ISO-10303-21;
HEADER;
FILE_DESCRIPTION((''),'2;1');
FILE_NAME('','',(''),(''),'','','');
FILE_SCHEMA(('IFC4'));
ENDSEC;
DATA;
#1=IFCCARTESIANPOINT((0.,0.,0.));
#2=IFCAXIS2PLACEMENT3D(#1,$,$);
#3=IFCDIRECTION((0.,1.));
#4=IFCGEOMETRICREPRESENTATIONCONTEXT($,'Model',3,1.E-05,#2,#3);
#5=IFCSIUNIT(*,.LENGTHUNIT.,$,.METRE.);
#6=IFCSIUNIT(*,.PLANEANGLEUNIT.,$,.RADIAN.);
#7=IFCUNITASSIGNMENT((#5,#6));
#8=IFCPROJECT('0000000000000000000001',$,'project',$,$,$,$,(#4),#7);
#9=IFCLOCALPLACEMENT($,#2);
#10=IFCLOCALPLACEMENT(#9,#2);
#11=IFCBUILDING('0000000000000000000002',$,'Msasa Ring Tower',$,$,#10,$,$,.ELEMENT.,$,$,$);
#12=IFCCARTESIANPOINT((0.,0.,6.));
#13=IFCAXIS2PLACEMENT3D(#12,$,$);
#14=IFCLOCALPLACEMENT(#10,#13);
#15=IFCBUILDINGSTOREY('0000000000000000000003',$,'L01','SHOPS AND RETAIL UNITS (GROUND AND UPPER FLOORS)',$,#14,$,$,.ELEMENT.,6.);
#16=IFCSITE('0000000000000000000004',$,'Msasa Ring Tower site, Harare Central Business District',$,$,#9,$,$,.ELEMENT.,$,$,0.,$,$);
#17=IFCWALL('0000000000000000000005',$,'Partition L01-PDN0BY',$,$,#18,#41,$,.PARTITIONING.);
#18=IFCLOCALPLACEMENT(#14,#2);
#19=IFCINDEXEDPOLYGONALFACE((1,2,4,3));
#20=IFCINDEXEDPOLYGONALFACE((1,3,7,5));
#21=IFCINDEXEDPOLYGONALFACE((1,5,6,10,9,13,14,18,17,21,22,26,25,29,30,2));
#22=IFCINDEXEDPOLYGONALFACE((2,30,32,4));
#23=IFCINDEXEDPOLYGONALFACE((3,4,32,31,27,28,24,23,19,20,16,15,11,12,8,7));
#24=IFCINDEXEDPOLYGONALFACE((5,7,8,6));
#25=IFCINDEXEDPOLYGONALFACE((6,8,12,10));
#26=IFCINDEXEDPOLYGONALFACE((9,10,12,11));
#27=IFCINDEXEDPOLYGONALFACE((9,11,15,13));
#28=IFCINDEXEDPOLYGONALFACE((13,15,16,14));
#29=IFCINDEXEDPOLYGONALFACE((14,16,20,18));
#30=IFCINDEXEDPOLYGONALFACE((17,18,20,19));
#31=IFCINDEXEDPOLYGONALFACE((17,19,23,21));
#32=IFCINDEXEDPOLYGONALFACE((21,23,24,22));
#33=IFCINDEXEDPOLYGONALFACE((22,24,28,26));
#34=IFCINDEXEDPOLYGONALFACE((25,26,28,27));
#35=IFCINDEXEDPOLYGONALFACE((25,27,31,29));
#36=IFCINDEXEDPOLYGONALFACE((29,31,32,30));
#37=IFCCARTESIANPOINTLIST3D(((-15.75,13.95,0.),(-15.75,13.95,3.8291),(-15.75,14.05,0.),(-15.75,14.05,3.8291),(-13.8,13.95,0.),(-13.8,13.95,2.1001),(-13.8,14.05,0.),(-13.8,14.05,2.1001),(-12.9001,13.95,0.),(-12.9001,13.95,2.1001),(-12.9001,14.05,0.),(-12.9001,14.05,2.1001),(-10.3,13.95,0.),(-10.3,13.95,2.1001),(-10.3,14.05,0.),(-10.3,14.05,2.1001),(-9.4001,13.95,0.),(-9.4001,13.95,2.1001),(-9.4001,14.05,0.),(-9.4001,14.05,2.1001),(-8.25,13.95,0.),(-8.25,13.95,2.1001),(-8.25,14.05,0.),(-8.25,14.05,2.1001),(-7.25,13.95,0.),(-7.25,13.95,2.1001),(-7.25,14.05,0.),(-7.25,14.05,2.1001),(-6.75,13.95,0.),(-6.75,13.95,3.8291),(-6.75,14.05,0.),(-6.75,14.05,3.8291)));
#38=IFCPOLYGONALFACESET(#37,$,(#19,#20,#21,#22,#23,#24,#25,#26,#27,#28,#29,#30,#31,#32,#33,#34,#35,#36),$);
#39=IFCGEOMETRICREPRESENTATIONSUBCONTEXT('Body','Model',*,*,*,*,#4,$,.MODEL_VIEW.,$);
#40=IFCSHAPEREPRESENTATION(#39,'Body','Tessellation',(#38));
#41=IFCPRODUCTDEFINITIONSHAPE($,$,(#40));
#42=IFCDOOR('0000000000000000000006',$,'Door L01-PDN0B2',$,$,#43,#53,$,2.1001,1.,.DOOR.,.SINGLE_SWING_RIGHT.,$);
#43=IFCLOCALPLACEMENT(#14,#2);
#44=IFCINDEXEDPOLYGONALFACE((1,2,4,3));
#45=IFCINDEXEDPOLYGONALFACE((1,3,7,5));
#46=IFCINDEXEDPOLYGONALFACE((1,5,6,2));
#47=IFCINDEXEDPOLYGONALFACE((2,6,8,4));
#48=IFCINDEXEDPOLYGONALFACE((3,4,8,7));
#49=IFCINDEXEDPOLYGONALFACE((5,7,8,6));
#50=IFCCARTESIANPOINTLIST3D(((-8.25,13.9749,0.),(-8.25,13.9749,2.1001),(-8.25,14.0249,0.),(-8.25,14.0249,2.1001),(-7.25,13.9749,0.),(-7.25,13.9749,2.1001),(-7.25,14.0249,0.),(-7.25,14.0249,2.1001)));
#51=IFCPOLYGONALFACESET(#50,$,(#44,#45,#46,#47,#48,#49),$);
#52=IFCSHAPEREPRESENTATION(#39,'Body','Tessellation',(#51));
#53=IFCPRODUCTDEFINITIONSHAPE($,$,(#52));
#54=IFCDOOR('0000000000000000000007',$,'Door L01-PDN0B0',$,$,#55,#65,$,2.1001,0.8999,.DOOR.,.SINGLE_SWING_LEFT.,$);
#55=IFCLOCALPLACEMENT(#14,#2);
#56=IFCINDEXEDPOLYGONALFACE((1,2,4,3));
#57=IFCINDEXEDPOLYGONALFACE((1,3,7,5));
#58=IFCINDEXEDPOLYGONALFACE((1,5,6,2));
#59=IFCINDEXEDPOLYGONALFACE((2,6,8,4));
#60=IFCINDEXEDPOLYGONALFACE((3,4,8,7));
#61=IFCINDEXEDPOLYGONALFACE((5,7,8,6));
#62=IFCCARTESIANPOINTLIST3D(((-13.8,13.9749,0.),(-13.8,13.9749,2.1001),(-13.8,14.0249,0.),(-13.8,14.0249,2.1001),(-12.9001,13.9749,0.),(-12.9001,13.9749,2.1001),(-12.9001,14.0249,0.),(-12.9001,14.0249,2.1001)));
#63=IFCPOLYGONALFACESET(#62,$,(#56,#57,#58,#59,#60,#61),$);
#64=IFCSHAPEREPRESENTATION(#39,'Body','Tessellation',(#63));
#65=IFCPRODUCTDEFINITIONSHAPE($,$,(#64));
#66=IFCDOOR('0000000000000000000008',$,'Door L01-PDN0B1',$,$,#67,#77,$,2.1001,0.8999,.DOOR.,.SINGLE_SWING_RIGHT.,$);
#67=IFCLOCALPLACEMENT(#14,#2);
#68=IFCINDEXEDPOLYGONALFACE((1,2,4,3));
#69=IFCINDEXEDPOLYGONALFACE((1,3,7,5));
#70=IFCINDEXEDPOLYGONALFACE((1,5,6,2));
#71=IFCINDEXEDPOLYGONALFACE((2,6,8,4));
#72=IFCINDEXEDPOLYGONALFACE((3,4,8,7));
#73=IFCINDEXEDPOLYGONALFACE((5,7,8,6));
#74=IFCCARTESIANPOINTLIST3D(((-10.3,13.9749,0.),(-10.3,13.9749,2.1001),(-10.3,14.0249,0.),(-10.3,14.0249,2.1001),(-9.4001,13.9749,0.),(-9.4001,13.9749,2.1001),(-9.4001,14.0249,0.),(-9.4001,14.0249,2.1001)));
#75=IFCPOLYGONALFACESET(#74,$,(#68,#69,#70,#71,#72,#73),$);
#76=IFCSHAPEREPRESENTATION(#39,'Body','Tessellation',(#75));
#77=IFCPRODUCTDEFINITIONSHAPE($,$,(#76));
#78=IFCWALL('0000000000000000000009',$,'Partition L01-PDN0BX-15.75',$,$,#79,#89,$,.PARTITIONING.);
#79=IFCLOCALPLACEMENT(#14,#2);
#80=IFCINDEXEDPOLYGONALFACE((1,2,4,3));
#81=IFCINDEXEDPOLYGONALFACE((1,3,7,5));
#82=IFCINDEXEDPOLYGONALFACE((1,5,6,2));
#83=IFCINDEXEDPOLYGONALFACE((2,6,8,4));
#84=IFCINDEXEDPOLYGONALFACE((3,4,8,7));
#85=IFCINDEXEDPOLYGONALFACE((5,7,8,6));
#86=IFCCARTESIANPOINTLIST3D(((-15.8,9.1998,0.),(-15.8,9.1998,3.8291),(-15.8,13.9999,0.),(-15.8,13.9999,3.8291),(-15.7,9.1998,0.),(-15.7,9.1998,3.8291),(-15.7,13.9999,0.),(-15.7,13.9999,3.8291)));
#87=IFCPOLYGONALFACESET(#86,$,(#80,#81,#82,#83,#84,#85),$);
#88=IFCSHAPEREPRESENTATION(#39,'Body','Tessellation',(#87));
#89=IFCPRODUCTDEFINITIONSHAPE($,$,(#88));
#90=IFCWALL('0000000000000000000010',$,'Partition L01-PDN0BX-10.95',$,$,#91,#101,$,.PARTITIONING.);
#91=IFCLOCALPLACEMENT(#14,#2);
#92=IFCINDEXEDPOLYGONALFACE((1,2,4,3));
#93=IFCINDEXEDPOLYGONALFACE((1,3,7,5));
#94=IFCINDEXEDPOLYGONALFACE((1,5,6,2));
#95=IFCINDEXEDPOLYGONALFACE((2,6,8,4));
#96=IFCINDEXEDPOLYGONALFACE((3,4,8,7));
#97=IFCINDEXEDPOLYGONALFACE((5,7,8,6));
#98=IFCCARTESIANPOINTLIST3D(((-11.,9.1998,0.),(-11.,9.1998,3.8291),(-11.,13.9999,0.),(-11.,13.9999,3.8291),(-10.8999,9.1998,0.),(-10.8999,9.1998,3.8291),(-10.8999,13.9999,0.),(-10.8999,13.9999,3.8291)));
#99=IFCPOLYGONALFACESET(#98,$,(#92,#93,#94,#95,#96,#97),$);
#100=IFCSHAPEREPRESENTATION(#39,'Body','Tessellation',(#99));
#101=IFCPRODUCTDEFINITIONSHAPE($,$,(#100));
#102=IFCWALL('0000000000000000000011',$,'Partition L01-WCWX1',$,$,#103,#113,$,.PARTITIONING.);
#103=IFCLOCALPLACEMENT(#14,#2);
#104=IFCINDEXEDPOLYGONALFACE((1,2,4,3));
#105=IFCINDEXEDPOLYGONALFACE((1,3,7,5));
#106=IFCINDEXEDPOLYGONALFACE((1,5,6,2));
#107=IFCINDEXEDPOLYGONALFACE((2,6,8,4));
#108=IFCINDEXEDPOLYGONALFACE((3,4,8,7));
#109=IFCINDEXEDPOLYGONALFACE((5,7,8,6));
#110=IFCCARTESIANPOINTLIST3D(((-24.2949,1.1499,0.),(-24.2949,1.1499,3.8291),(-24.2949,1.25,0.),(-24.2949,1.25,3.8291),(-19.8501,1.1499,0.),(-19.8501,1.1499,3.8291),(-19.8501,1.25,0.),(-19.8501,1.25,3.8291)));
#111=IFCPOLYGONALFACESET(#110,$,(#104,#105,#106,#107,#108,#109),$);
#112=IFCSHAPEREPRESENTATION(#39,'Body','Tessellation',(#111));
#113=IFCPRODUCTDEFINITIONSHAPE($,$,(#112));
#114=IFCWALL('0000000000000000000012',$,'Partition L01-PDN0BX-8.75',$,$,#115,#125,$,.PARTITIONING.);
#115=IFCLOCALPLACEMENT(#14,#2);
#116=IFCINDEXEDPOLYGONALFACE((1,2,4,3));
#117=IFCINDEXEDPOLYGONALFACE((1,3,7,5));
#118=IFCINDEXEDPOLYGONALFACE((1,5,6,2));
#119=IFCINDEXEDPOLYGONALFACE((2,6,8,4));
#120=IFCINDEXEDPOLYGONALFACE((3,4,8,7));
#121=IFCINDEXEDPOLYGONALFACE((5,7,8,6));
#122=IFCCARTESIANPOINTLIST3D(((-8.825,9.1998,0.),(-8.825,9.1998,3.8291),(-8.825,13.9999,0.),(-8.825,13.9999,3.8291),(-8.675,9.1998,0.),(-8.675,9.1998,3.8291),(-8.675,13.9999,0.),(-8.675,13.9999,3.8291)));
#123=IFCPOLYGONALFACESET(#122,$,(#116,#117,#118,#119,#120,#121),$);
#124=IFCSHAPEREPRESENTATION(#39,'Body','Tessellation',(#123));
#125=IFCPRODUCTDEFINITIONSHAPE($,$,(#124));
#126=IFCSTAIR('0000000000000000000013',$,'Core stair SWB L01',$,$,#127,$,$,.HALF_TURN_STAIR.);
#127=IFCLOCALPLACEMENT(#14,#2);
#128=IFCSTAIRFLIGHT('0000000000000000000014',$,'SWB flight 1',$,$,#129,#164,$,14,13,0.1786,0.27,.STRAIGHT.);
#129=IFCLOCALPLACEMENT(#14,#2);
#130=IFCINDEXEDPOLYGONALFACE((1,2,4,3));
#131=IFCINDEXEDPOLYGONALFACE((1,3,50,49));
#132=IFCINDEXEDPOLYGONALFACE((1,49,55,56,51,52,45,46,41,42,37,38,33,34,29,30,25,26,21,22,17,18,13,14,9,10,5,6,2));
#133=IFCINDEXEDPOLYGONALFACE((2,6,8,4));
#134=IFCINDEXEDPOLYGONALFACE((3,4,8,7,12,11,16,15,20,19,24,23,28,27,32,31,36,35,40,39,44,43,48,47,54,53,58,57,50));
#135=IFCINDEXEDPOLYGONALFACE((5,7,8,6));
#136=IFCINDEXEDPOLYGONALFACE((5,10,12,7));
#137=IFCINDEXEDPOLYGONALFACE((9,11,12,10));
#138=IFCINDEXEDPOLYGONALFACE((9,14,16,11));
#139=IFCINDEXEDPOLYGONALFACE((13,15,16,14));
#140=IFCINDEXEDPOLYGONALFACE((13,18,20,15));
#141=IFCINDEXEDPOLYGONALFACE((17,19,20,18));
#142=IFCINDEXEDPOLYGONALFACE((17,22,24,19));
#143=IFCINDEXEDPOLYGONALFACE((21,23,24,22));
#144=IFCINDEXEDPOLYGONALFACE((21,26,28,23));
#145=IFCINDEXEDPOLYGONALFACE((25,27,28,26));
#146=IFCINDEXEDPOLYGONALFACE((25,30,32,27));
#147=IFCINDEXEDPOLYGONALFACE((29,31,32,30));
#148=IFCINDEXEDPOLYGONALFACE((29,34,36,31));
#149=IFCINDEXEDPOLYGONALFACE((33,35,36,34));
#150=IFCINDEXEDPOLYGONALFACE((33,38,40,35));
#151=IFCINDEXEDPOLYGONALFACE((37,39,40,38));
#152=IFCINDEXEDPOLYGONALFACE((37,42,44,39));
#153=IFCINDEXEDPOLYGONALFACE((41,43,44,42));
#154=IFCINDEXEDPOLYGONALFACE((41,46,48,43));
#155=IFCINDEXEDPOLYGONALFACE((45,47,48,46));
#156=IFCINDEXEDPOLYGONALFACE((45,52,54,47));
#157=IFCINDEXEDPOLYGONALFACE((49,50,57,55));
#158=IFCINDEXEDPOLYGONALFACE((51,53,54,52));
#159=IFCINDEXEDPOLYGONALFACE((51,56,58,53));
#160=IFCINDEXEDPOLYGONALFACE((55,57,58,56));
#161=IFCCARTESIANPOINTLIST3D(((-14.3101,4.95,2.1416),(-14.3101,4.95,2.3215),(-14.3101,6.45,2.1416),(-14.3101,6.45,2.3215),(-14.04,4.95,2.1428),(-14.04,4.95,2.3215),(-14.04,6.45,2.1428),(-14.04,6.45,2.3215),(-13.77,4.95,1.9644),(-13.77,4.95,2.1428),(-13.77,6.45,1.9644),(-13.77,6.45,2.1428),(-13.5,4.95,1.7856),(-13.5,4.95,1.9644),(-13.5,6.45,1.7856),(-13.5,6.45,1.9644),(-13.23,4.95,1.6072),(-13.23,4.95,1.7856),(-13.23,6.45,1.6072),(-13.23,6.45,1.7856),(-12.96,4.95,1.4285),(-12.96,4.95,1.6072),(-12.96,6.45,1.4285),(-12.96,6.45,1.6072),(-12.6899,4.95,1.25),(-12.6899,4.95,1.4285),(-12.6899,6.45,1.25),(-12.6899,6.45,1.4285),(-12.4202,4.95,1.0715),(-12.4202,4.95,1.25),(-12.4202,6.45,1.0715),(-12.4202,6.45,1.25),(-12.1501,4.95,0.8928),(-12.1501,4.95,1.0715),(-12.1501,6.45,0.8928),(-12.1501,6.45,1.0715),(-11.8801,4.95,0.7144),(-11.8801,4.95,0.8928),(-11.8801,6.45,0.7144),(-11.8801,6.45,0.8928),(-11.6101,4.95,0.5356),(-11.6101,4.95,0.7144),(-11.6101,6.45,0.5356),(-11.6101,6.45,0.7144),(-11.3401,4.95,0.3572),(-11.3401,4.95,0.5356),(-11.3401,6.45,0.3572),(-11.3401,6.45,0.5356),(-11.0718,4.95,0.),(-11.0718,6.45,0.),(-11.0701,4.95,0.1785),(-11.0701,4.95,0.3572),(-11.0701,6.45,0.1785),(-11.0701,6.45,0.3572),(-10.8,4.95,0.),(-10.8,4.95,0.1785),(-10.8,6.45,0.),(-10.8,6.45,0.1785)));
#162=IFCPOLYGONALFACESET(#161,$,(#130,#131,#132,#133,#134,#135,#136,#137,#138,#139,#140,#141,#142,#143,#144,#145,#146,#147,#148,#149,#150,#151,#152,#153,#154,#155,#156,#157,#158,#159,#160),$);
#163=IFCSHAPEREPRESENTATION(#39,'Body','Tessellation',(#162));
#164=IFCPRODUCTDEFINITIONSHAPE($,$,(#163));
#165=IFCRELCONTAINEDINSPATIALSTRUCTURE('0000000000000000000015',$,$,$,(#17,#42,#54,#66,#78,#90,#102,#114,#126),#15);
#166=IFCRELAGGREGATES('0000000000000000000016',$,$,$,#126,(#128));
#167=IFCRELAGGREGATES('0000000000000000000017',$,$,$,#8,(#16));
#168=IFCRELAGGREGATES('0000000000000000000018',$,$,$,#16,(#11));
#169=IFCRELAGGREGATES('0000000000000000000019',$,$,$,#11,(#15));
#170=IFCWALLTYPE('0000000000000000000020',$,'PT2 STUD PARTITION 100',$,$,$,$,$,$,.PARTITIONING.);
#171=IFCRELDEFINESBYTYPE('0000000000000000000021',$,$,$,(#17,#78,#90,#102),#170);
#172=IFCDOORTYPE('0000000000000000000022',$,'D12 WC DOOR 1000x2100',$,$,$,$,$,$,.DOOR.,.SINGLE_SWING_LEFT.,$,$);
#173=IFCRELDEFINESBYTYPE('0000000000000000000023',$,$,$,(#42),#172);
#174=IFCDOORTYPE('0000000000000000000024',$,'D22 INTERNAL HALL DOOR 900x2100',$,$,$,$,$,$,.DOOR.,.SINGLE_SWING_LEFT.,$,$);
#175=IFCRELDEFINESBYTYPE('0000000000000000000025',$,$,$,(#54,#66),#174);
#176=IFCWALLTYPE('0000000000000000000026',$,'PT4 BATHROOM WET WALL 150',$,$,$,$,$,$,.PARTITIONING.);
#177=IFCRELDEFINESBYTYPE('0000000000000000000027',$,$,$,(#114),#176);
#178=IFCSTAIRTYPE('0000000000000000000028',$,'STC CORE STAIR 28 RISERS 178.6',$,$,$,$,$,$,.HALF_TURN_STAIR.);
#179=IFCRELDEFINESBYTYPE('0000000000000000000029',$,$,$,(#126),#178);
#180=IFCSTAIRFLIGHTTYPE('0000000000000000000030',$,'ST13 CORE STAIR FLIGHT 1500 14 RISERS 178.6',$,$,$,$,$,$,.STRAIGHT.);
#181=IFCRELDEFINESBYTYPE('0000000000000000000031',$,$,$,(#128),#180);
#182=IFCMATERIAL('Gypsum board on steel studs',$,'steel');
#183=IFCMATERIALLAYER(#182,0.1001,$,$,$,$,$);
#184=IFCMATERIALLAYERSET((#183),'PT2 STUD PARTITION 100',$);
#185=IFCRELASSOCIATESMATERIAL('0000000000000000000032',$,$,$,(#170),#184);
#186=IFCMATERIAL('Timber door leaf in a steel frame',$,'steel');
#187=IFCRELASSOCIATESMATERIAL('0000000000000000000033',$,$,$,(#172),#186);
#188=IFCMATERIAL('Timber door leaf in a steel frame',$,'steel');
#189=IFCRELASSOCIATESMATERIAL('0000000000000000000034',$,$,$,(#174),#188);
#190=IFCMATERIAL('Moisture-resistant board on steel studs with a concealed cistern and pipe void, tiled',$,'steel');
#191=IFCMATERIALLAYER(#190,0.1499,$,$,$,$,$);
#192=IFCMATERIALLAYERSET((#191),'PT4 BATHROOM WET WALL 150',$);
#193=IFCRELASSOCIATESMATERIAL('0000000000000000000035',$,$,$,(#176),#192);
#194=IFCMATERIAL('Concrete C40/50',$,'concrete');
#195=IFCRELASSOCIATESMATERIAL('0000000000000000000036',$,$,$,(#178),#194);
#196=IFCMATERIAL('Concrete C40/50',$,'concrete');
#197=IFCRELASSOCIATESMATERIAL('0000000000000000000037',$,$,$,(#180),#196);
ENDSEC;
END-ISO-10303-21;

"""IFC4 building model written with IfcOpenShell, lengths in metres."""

from ifc_helpers import new_model, si_unit, direction, frame, frame_2d, origin, place, context, subcontext, project, spatial, polyline, rectangle, outline, extrude, material, layer, layer_set, type_object, element, fill, aggregate, save


model = new_model("IFC4")

# Units and contexts
model_context = context("Model", 3, precision=1e-05, world=origin(), true_north=direction((0.0, 1.0)))
body_context = subcontext(model_context, "Body", "Model", "MODEL_VIEW")
ifc_project = project(units=[si_unit("LENGTHUNIT", "METRE"), si_unit("PLANEANGLEUNIT", "RADIAN")], contexts=[model_context])

# Site, building, storey
site_placement = place(None, origin())
site = spatial("IfcSite", under=ifc_project, at=site_placement, Name="Msasa Ring Tower site, Harare Central Business District", CompositionType="ELEMENT", RefElevation=0.0)
building_placement = place(site_placement, origin())
building = spatial("IfcBuilding", under=site, at=building_placement, Name="Msasa Ring Tower", CompositionType="ELEMENT")
storey_placement = place(building_placement, frame((0.0, 0.0, 6.0)))
storey = spatial("IfcBuildingStorey", under=building, at=storey_placement, Name="L01", Description="SHOPS AND RETAIL UNITS (GROUND AND UPPER FLOORS)", CompositionType="ELEMENT", Elevation=6.0)

# Wall, openings, doors
ifc_material_1 = material(Name="Gypsum board on steel studs", Category="steel")
ifc_layer_1 = layer(ifc_material_1, 0.1001)
ifc_layer_set_1 = layer_set([ifc_layer_1], Name="PT2 STUD PARTITION 100")
wall_type_1 = type_object("IfcWallType", Name="PT2 STUD PARTITION 100", PredefinedType="PARTITIONING", material=ifc_layer_set_1)
wall_1_placement = place(storey_placement, frame((-15.75, 14.0, 0.0), z_axis=(0.0, 0.0, 1.0), x_axis=(1.0, 0.0, 0.0)))
wall_1 = element("IfcWall", 1, at=wall_1_placement, inside=storey, type_object=wall_type_1, Name="Partition L01-PDN0BY", PredefinedType="PARTITIONING", context=body_context, shape_type="SweptSolid", body=[
    extrude(rectangle(XDim=9.0, YDim=0.1001, at=frame_2d((4.5, 0.0))), origin(), (0.0, 0.0, 1.0), 3.8291),
])
opening_1_placement = place(wall_1_placement, frame((1.95, 0.0, 0.0)))
opening_1 = element("IfcOpeningElement", 2, at=opening_1_placement, cuts=wall_1, PredefinedType="OPENING", context=body_context, shape_type="SweptSolid", body=[
    extrude(rectangle(XDim=0.8999, YDim=2.1001, at=frame_2d((0.45, 1.05))), frame((0.0, 0.0601, 0.0), z_axis=(0.0, -1.0, 0.0), x_axis=(1.0, 0.0, 0.0)), (0.0, 0.0, 1.0), 0.1201),
])
opening_2_placement = place(wall_1_placement, frame((5.45, 0.0, 0.0)))
opening_2 = element("IfcOpeningElement", 3, at=opening_2_placement, cuts=wall_1, PredefinedType="OPENING", context=body_context, shape_type="SweptSolid", body=[
    extrude(rectangle(XDim=0.8999, YDim=2.1001, at=frame_2d((0.45, 1.05))), frame((0.0, 0.0601, 0.0), z_axis=(0.0, -1.0, 0.0), x_axis=(1.0, 0.0, 0.0)), (0.0, 0.0, 1.0), 0.1201),
])
opening_3_placement = place(wall_1_placement, frame((7.5, 0.0, 0.0)))
opening_3 = element("IfcOpeningElement", 4, at=opening_3_placement, cuts=wall_1, PredefinedType="OPENING", context=body_context, shape_type="SweptSolid", body=[
    extrude(rectangle(XDim=1.0, YDim=2.1001, at=frame_2d((0.5, 1.05))), frame((0.0, 0.0601, 0.0), z_axis=(0.0, -1.0, 0.0), x_axis=(1.0, 0.0, 0.0)), (0.0, 0.0, 1.0), 0.1201),
])
ifc_material_2 = material(Name="Timber door leaf in a steel frame", Category="steel")
door_type_1 = type_object("IfcDoorType", Name="D12 WC DOOR 1000x2100", OperationType="SINGLE_SWING_LEFT", PredefinedType="DOOR", material=ifc_material_2)
door_1_placement = place(opening_3_placement, origin())
door_1 = element("IfcDoor", 5, at=door_1_placement, inside=storey, type_object=door_type_1, Name="Door L01-PDN0B2", OperationType="SINGLE_SWING_RIGHT", OverallHeight=2.1001, OverallWidth=1.0, PredefinedType="DOOR", context=body_context, shape_type="SweptSolid", body=[
    extrude(rectangle(XDim=1.0, YDim=2.1001, at=frame_2d((0.5, 1.05))), frame((0.0, 0.0249, 0.0), z_axis=(0.0, -1.0, 0.0), x_axis=(1.0, 0.0, 0.0)), (0.0, 0.0, 1.0), 0.05),
])
fill(opening_3, door_1)
ifc_material_3 = material(Name="Timber door leaf in a steel frame", Category="steel")
door_type_2 = type_object("IfcDoorType", Name="D22 INTERNAL HALL DOOR 900x2100", OperationType="SINGLE_SWING_LEFT", PredefinedType="DOOR", material=ifc_material_3)
door_2_placement = place(opening_1_placement, origin())
door_2 = element("IfcDoor", 6, at=door_2_placement, inside=storey, type_object=door_type_2, Name="Door L01-PDN0B0", OperationType="SINGLE_SWING_LEFT", OverallHeight=2.1001, OverallWidth=0.8999, PredefinedType="DOOR", context=body_context, shape_type="SweptSolid", body=[
    extrude(rectangle(XDim=0.8999, YDim=2.1001, at=frame_2d((0.45, 1.05))), frame((0.0, 0.0249, 0.0), z_axis=(0.0, -1.0, 0.0), x_axis=(1.0, 0.0, 0.0)), (0.0, 0.0, 1.0), 0.05),
])
fill(opening_1, door_2)
door_3_placement = place(opening_2_placement, origin())
door_3 = element("IfcDoor", 7, at=door_3_placement, inside=storey, type_object=door_type_2, Name="Door L01-PDN0B1", OperationType="SINGLE_SWING_RIGHT", OverallHeight=2.1001, OverallWidth=0.8999, PredefinedType="DOOR", context=body_context, shape_type="SweptSolid", body=[
    extrude(rectangle(XDim=0.8999, YDim=2.1001, at=frame_2d((0.45, 1.05))), frame((0.0, 0.0249, 0.0), z_axis=(0.0, -1.0, 0.0), x_axis=(1.0, 0.0, 0.0)), (0.0, 0.0, 1.0), 0.05),
])
fill(opening_2, door_3)

# Walls
for number, where, z_axis, x_axis, name in (
    (8, (-15.75, 9.2, 0.0), (0.0, 0.0, 1.0), (0.0, 1.0, 0.0), "Partition L01-PDN0BX-15.75"),
    (9, (-10.95, 9.2, 0.0), (0.0, 0.0, 1.0), (0.0, 1.0, 0.0), "Partition L01-PDN0BX-10.95"),
):
    element("IfcWall", number, at=place(storey_placement, frame(where, z_axis=z_axis, x_axis=x_axis)), inside=storey, type_object=wall_type_1, Name=name, PredefinedType="PARTITIONING", context=body_context, shape_type="SweptSolid", body=[
        extrude(rectangle(XDim=4.8, YDim=0.1001, at=frame_2d((2.3999, 0.0))), origin(), (0.0, 0.0, 1.0), 3.8291),
    ])
wall_2_placement = place(storey_placement, frame((-24.2949, 1.2, 0.0), z_axis=(0.0, 0.0, 1.0), x_axis=(1.0, 0.0, 0.0)))
element("IfcWall", 10, at=wall_2_placement, inside=storey, type_object=wall_type_1, Name="Partition L01-WCWX1", PredefinedType="PARTITIONING", context=body_context, shape_type="SweptSolid", body=[
    extrude(rectangle(XDim=4.4448, YDim=0.1001, at=frame_2d((2.2224, 0.0))), origin(), (0.0, 0.0, 1.0), 3.8291),
])
ifc_material_4 = material(Name="Moisture-resistant board on steel studs with a concealed cistern and pipe void, tiled", Category="steel")
ifc_layer_2 = layer(ifc_material_4, 0.1499)
ifc_layer_set_2 = layer_set([ifc_layer_2], Name="PT4 BATHROOM WET WALL 150")
wall_type_2 = type_object("IfcWallType", Name="PT4 BATHROOM WET WALL 150", PredefinedType="PARTITIONING", material=ifc_layer_set_2)
wall_3_placement = place(storey_placement, frame((-8.75, 9.2, 0.0), z_axis=(0.0, 0.0, 1.0), x_axis=(0.0, 1.0, 0.0)))
element("IfcWall", 11, at=wall_3_placement, inside=storey, type_object=wall_type_2, Name="Partition L01-PDN0BX-8.75", PredefinedType="PARTITIONING", context=body_context, shape_type="SweptSolid", body=[
    extrude(rectangle(XDim=4.8, YDim=0.1499, at=frame_2d((2.3999, 0.0))), origin(), (0.0, 0.0, 1.0), 3.8291),
])

# Stair, stair flight
ifc_material_5 = material(Name="Concrete C40/50", Category="concrete")
stair_type = type_object("IfcStairType", Name="STC CORE STAIR 28 RISERS 178.6", PredefinedType="HALF_TURN_STAIR", material=ifc_material_5)
stair_placement = place(storey_placement, origin())
stair = element("IfcStair", 12, at=stair_placement, inside=storey, type_object=stair_type, Name="Core stair SWB L01", PredefinedType="HALF_TURN_STAIR")
ifc_material_6 = material(Name="Concrete C40/50", Category="concrete")
stair_flight_type = type_object("IfcStairFlightType", Name="ST13 CORE STAIR FLIGHT 1500 14 RISERS 178.6", PredefinedType="STRAIGHT", material=ifc_material_6)
stair_flight_1_placement = place(storey_placement, frame((-10.8, 5.7, 0.0), z_axis=(0.0, 0.0, 1.0), x_axis=(-1.0, 0.0, 0.0)))
stair_flight_1 = element("IfcStairFlight", 13, at=stair_flight_1_placement, type_object=stair_flight_type, Name="SWB flight 1", NumberOfRisers=14, NumberOfTreads=13, PredefinedType="STRAIGHT", RiserHeight=0.1786, TreadLength=0.27, context=body_context, shape_type="SweptSolid", body=[
    extrude(outline(polyline([(0.0, 0.0), (0.0, 0.1785), (0.27, 0.1785), (0.27, 0.3572), (0.54, 0.3572), (0.54, 0.5356), (0.8101, 0.5356), (0.8101, 0.7144), (1.0801, 0.7144), (1.0801, 0.8928), (1.3501, 0.8928), (1.3501, 1.0715), (1.6201, 1.0715), (1.6201, 1.25), (1.8899, 1.25), (1.8899, 1.4285), (2.1599, 1.4285), (2.1599, 1.6072), (2.4299, 1.6072), (2.4299, 1.7856), (2.7, 1.7856), (2.7, 1.9644), (2.97, 1.9644), (2.97, 2.1428), (3.24, 2.1428), (3.24, 2.3215), (3.51, 2.3215), (3.51, 2.5), (3.51, 2.1416), (0.2717, 0.0), (0.0, 0.0)])), frame((0.0, 0.75, 0.0), z_axis=(0.0, -1.0, 0.0), x_axis=(1.0, 0.0, 0.0)), (0.0, 0.0, 1.0), 1.5),
])
aggregate(stair, [stair_flight_1])

save(model, "model.ifc")
